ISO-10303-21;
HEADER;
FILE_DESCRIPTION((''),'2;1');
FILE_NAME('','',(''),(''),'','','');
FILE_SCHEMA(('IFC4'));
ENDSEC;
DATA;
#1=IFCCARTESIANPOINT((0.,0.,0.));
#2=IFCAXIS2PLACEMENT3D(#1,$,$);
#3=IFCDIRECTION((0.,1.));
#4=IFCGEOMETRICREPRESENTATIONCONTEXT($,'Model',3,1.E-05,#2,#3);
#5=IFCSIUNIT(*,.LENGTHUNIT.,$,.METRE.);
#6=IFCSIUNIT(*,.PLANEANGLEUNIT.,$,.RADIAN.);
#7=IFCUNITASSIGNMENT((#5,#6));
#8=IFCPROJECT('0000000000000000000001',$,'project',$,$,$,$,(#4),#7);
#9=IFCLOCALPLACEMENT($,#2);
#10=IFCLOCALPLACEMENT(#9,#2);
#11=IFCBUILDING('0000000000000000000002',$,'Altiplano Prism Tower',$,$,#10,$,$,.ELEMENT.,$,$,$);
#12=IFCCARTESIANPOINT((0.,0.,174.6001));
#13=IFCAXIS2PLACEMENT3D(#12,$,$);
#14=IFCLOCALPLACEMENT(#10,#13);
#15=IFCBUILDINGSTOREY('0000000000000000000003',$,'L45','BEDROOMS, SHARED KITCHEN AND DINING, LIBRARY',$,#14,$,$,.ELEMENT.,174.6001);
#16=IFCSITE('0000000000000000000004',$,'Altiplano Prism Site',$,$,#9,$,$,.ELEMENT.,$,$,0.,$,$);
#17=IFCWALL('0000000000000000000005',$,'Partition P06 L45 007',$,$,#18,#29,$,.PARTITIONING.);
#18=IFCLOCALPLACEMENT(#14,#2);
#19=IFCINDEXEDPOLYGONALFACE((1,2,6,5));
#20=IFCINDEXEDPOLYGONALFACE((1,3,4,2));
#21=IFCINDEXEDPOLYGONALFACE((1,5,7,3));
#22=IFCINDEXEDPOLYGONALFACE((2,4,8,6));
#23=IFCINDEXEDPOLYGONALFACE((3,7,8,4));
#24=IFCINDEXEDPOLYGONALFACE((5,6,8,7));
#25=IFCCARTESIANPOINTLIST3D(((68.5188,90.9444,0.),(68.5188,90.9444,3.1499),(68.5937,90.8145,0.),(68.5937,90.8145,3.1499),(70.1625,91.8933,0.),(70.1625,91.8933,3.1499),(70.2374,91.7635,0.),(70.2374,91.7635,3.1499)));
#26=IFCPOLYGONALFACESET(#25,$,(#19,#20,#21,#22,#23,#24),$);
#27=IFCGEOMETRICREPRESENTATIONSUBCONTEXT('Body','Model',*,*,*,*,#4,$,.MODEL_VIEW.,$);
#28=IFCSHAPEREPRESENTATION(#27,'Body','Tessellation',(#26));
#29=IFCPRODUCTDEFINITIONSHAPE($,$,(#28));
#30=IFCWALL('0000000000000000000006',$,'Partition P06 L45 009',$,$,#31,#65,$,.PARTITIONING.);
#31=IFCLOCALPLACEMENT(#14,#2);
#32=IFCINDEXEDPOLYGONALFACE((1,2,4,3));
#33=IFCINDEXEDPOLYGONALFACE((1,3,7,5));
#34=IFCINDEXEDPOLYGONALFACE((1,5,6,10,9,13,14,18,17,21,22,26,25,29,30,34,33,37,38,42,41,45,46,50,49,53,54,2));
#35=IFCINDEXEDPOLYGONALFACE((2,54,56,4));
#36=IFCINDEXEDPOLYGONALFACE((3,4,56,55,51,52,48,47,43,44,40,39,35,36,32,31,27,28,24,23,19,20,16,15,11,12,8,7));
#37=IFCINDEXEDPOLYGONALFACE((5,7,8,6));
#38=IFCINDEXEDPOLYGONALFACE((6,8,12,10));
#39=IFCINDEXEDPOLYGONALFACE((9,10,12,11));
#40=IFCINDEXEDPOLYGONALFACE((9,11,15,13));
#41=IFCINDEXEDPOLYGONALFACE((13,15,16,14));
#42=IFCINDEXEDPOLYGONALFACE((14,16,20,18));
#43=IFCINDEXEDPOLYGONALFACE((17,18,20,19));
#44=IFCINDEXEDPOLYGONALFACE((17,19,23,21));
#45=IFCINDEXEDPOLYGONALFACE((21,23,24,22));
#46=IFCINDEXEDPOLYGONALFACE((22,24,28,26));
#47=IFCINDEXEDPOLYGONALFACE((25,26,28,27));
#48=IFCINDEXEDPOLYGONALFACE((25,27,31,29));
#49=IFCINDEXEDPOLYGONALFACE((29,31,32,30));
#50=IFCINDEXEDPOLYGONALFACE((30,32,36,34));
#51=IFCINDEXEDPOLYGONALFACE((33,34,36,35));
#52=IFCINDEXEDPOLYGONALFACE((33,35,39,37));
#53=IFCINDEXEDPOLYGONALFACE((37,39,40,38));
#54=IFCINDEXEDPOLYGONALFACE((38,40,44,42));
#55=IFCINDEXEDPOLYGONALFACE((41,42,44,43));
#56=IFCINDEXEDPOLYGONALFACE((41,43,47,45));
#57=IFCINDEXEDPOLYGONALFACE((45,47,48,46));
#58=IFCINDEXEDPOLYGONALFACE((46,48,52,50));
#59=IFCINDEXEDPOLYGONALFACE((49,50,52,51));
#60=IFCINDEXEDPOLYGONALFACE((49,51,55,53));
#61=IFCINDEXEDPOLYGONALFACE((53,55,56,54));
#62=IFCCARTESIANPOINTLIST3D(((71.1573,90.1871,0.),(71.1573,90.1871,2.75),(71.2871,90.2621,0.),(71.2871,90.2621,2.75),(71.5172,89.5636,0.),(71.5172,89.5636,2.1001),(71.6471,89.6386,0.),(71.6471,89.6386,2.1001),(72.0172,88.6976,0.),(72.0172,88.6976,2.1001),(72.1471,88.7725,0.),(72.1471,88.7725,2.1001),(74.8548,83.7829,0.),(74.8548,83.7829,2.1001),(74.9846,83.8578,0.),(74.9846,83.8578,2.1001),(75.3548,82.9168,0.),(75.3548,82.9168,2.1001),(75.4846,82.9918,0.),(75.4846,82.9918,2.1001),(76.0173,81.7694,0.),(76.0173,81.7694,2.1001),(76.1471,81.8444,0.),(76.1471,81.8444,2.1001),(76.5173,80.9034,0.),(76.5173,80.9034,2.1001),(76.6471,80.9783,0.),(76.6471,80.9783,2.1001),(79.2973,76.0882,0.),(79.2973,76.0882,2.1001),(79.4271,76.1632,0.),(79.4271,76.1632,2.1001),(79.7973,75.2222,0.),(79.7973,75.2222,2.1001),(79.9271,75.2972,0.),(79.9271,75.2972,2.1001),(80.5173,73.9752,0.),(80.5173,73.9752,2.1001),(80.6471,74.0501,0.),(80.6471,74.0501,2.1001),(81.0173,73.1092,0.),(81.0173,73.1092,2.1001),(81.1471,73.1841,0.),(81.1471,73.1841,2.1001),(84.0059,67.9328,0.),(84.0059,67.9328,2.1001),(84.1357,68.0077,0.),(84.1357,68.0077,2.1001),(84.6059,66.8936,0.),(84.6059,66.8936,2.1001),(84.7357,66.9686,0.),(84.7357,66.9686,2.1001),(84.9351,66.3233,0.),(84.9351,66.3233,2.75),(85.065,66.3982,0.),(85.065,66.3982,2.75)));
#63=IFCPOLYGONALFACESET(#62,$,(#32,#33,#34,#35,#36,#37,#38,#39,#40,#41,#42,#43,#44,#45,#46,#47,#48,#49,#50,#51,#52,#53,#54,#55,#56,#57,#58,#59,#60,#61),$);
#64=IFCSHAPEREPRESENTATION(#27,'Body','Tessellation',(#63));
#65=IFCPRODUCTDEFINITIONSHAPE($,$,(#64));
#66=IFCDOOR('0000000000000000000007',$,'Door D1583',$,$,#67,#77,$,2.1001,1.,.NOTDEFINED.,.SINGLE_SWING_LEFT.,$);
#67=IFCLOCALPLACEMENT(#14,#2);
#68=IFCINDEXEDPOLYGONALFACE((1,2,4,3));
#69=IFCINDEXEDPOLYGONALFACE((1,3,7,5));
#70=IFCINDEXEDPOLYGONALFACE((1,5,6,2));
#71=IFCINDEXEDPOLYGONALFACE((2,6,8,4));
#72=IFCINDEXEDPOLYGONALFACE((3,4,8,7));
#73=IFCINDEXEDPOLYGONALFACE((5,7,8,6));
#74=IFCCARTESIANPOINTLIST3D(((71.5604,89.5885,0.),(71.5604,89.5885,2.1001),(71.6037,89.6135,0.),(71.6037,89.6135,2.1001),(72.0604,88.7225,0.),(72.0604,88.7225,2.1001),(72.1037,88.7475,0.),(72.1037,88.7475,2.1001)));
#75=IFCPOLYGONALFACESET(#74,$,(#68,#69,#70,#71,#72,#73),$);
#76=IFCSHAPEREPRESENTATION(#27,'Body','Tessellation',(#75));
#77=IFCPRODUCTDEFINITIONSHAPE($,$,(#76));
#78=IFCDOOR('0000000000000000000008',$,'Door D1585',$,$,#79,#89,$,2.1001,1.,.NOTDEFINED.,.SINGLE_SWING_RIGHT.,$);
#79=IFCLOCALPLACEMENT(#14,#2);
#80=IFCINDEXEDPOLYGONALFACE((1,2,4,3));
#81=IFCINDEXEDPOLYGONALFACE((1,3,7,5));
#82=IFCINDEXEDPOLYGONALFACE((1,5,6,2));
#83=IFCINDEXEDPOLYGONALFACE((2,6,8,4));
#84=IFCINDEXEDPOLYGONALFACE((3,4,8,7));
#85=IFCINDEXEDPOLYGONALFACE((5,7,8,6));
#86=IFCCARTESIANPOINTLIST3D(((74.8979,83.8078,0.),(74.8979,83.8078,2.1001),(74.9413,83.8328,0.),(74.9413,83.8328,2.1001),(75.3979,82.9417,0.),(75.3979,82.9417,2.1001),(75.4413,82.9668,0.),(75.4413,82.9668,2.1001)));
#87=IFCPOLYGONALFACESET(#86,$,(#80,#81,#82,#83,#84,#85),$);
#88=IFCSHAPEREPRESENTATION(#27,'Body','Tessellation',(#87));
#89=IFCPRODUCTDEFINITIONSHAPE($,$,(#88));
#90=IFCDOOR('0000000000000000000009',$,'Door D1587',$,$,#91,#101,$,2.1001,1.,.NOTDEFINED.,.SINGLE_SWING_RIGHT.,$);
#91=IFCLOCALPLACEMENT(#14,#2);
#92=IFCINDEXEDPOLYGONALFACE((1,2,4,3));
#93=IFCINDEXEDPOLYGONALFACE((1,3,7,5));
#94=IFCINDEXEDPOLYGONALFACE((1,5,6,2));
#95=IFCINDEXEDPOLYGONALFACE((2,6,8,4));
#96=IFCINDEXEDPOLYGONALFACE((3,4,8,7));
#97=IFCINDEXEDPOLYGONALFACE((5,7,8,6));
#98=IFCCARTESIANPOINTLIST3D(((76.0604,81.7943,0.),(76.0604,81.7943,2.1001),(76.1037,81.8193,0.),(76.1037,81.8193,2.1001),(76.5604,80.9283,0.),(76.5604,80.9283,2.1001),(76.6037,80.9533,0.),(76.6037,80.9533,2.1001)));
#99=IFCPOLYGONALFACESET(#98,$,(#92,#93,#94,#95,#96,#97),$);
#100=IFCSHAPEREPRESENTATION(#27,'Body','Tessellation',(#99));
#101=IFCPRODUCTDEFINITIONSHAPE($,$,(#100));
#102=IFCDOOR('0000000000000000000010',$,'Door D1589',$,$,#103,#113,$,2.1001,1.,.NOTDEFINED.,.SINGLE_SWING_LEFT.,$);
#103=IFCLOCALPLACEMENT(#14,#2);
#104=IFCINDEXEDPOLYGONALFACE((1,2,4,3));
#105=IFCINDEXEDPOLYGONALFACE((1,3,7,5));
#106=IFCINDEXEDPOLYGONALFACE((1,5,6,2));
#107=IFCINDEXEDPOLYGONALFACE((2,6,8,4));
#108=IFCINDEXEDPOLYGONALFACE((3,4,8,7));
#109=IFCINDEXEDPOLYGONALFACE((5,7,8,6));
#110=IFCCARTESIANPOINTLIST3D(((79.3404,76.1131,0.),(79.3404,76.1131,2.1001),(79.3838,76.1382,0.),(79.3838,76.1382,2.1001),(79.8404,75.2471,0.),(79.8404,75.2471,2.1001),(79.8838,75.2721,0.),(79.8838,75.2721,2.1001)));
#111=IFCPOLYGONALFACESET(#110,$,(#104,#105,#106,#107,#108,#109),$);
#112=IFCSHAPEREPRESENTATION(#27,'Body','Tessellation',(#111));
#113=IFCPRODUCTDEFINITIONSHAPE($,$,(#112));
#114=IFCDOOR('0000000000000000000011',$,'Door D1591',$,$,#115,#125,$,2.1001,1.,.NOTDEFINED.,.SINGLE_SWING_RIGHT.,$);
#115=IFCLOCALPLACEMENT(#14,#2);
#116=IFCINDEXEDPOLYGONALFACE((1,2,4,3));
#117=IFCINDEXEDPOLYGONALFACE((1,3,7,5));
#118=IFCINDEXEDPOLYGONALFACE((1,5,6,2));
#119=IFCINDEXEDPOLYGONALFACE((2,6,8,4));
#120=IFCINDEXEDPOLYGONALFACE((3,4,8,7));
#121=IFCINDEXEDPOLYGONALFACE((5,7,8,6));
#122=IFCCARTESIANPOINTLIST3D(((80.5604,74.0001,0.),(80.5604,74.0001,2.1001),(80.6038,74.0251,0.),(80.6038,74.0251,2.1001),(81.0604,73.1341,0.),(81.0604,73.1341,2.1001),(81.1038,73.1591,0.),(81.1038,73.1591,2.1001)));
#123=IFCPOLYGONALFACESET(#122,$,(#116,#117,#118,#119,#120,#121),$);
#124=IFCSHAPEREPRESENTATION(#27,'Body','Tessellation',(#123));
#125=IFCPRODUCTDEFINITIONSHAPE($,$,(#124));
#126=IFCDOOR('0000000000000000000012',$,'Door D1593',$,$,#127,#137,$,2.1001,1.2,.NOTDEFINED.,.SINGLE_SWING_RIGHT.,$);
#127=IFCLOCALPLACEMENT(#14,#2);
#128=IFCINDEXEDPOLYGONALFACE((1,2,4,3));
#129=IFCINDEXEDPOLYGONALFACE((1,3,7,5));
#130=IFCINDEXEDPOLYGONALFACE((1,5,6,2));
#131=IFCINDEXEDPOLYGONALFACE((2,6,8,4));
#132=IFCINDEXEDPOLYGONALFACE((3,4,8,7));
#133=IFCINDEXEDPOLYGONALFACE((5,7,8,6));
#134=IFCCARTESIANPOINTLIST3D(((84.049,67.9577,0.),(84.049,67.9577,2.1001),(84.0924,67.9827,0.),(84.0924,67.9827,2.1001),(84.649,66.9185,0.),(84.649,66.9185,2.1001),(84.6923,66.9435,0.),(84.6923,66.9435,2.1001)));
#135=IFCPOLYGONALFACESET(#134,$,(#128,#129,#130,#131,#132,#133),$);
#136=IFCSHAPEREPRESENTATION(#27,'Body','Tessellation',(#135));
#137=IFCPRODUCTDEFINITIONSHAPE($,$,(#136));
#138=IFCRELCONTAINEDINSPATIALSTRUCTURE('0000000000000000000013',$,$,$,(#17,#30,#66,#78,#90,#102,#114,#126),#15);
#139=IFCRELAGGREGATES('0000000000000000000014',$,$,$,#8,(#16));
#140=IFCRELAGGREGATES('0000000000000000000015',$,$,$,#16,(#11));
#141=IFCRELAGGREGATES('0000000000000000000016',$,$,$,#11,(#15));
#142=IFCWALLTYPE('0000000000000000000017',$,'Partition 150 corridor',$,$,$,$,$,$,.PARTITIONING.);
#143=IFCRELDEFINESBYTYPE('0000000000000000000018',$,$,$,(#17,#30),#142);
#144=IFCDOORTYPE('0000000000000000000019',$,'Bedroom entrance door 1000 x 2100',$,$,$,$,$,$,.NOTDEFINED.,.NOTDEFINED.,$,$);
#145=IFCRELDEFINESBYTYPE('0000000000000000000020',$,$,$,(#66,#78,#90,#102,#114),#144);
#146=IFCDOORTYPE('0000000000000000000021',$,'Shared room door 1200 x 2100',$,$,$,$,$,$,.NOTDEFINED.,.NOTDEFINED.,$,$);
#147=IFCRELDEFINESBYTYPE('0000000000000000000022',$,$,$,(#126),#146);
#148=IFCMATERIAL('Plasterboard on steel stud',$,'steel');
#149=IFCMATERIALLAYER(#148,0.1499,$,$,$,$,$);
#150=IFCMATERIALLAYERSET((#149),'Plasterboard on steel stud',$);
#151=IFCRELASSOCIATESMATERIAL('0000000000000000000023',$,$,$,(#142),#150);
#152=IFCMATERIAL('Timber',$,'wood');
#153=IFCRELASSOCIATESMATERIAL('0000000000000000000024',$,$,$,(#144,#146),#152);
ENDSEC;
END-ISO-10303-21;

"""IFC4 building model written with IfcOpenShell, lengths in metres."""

from ifc_helpers import new_model, si_unit, direction, frame, frame_2d, origin, place, context, subcontext, project, spatial, rectangle, extrude, material, layer, layer_set, type_object, element, fill, save


model = new_model("IFC4")

# Units and contexts
model_context = context("Model", 3, precision=1e-05, world=origin(), true_north=direction((0.0, 1.0)))
body_context = subcontext(model_context, "Body", "Model", "MODEL_VIEW")
ifc_project = project(units=[si_unit("LENGTHUNIT", "METRE"), si_unit("PLANEANGLEUNIT", "RADIAN")], contexts=[model_context])

# Site, building, storey
site_placement = place(None, origin())
site = spatial("IfcSite", under=ifc_project, at=site_placement, Name="Altiplano Prism Site", CompositionType="ELEMENT", RefElevation=0.0)
building_placement = place(site_placement, origin())
building = spatial("IfcBuilding", under=site, at=building_placement, Name="Altiplano Prism Tower", CompositionType="ELEMENT")
storey_placement = place(building_placement, frame((0.0, 0.0, 174.6001)))
storey = spatial("IfcBuildingStorey", under=building, at=storey_placement, Name="L45", Description="BEDROOMS, SHARED KITCHEN AND DINING, LIBRARY", CompositionType="ELEMENT", Elevation=174.6001)

# Wall
ifc_material_1 = material(Name="Plasterboard on steel stud", Category="steel")
ifc_layer_1 = layer(ifc_material_1, 0.1499)
ifc_layer_set_1 = layer_set([ifc_layer_1], Name="Plasterboard on steel stud")
wall_type_1 = type_object("IfcWallType", Name="Partition 150 corridor", PredefinedType="PARTITIONING", material=ifc_layer_set_1)
wall_1_placement = place(storey_placement, frame((70.2, 91.8284, 0.0), z_axis=(0.0, 0.0, 1.0), x_axis=(-0.866042, -0.499971, 0.0)))
element("IfcWall", 1, at=wall_1_placement, inside=storey, type_object=wall_type_1, Name="Partition P06 L45 007", PredefinedType="PARTITIONING", context=body_context, shape_type="SweptSolid", body=[
    extrude(rectangle(XDim=1.8979, YDim=0.1499, at=frame_2d((0.949, 0.0))), origin(), (0.0, 0.0, 1.0), 3.1499),
])

# Wall, openings, doors
wall_2_placement = place(storey_placement, frame((71.2222, 90.2246, 0.0), z_axis=(0.0, 0.0, 1.0), x_axis=(0.500002, -0.866024, 0.0)))
wall_2 = element("IfcWall", 2, at=wall_2_placement, inside=storey, type_object=wall_type_1, Name="Partition P06 L45 009", PredefinedType="PARTITIONING", context=body_context, shape_type="SweptSolid", body=[
    extrude(rectangle(XDim=27.5557, YDim=0.1499, at=frame_2d((13.7778, 0.0))), origin(), (0.0, 0.0, 1.0), 2.75),
])
opening_1_placement = place(wall_2_placement, frame((0.72, 0.0, 0.0)))
opening_1 = element("IfcOpeningElement", 3, at=opening_1_placement, cuts=wall_2, PredefinedType="OPENING", context=body_context, shape_type="SweptSolid", body=[
    extrude(rectangle(XDim=1.0, YDim=2.1001, at=frame_2d((0.5, 1.05))), frame((0.0, 0.0854, 0.0), z_axis=(0.0, -1.0, 0.0), x_axis=(1.0, 0.0, 0.0)), (0.0, 0.0, 1.0), 0.1709),
])
opening_2_placement = place(wall_2_placement, frame((7.395, 0.0, 0.0)))
opening_2 = element("IfcOpeningElement", 4, at=opening_2_placement, cuts=wall_2, PredefinedType="OPENING", context=body_context, shape_type="SweptSolid", body=[
    extrude(rectangle(XDim=1.0, YDim=2.1001, at=frame_2d((0.5, 1.05))), frame((0.0, 0.0854, 0.0), z_axis=(0.0, -1.0, 0.0), x_axis=(1.0, 0.0, 0.0)), (0.0, 0.0, 1.0), 0.1709),
])
opening_3_placement = place(wall_2_placement, frame((9.72, 0.0, 0.0)))
opening_3 = element("IfcOpeningElement", 5, at=opening_3_placement, cuts=wall_2, PredefinedType="OPENING", context=body_context, shape_type="SweptSolid", body=[
    extrude(rectangle(XDim=1.0, YDim=2.1001, at=frame_2d((0.5, 1.05))), frame((0.0, 0.0854, 0.0), z_axis=(0.0, -1.0, 0.0), x_axis=(1.0, 0.0, 0.0)), (0.0, 0.0, 1.0), 0.1709),
])
opening_4_placement = place(wall_2_placement, frame((16.28, 0.0, 0.0)))
opening_4 = element("IfcOpeningElement", 6, at=opening_4_placement, cuts=wall_2, PredefinedType="OPENING", context=body_context, shape_type="SweptSolid", body=[
    extrude(rectangle(XDim=1.0, YDim=2.1001, at=frame_2d((0.5, 1.05))), frame((0.0, 0.0854, 0.0), z_axis=(0.0, -1.0, 0.0), x_axis=(1.0, 0.0, 0.0)), (0.0, 0.0, 1.0), 0.1709),
])
opening_5_placement = place(wall_2_placement, frame((18.72, 0.0, 0.0)))
opening_5 = element("IfcOpeningElement", 7, at=opening_5_placement, cuts=wall_2, PredefinedType="OPENING", context=body_context, shape_type="SweptSolid", body=[
    extrude(rectangle(XDim=1.0, YDim=2.1001, at=frame_2d((0.5, 1.05))), frame((0.0, 0.0854, 0.0), z_axis=(0.0, -1.0, 0.0), x_axis=(1.0, 0.0, 0.0)), (0.0, 0.0, 1.0), 0.1709),
])
opening_6_placement = place(wall_2_placement, frame((25.697, 0.0, 0.0)))
opening_6 = element("IfcOpeningElement", 8, at=opening_6_placement, cuts=wall_2, PredefinedType="OPENING", context=body_context, shape_type="SweptSolid", body=[
    extrude(rectangle(XDim=1.2, YDim=2.1001, at=frame_2d((0.6001, 1.05))), frame((0.0, 0.0854, 0.0), z_axis=(0.0, -1.0, 0.0), x_axis=(1.0, 0.0, 0.0)), (0.0, 0.0, 1.0), 0.1709),
])
ifc_material_2 = material(Name="Timber", Category="wood")
door_type_1 = type_object("IfcDoorType", Name="Bedroom entrance door 1000 x 2100", OperationType="NOTDEFINED", PredefinedType="NOTDEFINED", material=ifc_material_2)
door_1_placement = place(opening_1_placement, origin())
door_1 = element("IfcDoor", 9, at=door_1_placement, inside=storey, type_object=door_type_1, Name="Door D1583", OperationType="SINGLE_SWING_LEFT", OverallHeight=2.1001, OverallWidth=1.0, PredefinedType="NOTDEFINED", context=body_context, shape_type="SweptSolid", body=[
    extrude(rectangle(XDim=1.0, YDim=2.1001, at=frame_2d((0.5, 1.05))), frame((0.0, 0.0249, 0.0), z_axis=(0.0, -1.0, 0.0), x_axis=(1.0, 0.0, 0.0)), (0.0, 0.0, 1.0), 0.05),
])
fill(opening_1, door_1)
door_2_placement = place(opening_2_placement, origin())
door_2 = element("IfcDoor", 10, at=door_2_placement, inside=storey, type_object=door_type_1, Name="Door D1585", OperationType="SINGLE_SWING_RIGHT", OverallHeight=2.1001, OverallWidth=1.0, PredefinedType="NOTDEFINED", context=body_context, shape_type="SweptSolid", body=[
    extrude(rectangle(XDim=1.0, YDim=2.1001, at=frame_2d((0.5, 1.05))), frame((0.0, 0.0249, 0.0), z_axis=(0.0, -1.0, 0.0), x_axis=(1.0, 0.0, 0.0)), (0.0, 0.0, 1.0), 0.05),
])
fill(opening_2, door_2)
door_3_placement = place(opening_3_placement, origin())
door_3 = element("IfcDoor", 11, at=door_3_placement, inside=storey, type_object=door_type_1, Name="Door D1587", OperationType="SINGLE_SWING_RIGHT", OverallHeight=2.1001, OverallWidth=1.0, PredefinedType="NOTDEFINED", context=body_context, shape_type="SweptSolid", body=[
    extrude(rectangle(XDim=1.0, YDim=2.1001, at=frame_2d((0.5, 1.05))), frame((0.0, 0.0249, 0.0), z_axis=(0.0, -1.0, 0.0), x_axis=(1.0, 0.0, 0.0)), (0.0, 0.0, 1.0), 0.05),
])
fill(opening_3, door_3)
door_4_placement = place(opening_4_placement, origin())
door_4 = element("IfcDoor", 12, at=door_4_placement, inside=storey, type_object=door_type_1, Name="Door D1589", OperationType="SINGLE_SWING_LEFT", OverallHeight=2.1001, OverallWidth=1.0, PredefinedType="NOTDEFINED", context=body_context, shape_type="SweptSolid", body=[
    extrude(rectangle(XDim=1.0, YDim=2.1001, at=frame_2d((0.5, 1.05))), frame((0.0, 0.0249, 0.0), z_axis=(0.0, -1.0, 0.0), x_axis=(1.0, 0.0, 0.0)), (0.0, 0.0, 1.0), 0.05),
])
fill(opening_4, door_4)
door_5_placement = place(opening_5_placement, origin())
door_5 = element("IfcDoor", 13, at=door_5_placement, inside=storey, type_object=door_type_1, Name="Door D1591", OperationType="SINGLE_SWING_RIGHT", OverallHeight=2.1001, OverallWidth=1.0, PredefinedType="NOTDEFINED", context=body_context, shape_type="SweptSolid", body=[
    extrude(rectangle(XDim=1.0, YDim=2.1001, at=frame_2d((0.5, 1.05))), frame((0.0, 0.0249, 0.0), z_axis=(0.0, -1.0, 0.0), x_axis=(1.0, 0.0, 0.0)), (0.0, 0.0, 1.0), 0.05),
])
fill(opening_5, door_5)
door_type_2 = type_object("IfcDoorType", Name="Shared room door 1200 x 2100", OperationType="NOTDEFINED", PredefinedType="NOTDEFINED", material=ifc_material_2)
door_6_placement = place(opening_6_placement, origin())
door_6 = element("IfcDoor", 14, at=door_6_placement, inside=storey, type_object=door_type_2, Name="Door D1593", OperationType="SINGLE_SWING_RIGHT", OverallHeight=2.1001, OverallWidth=1.2, PredefinedType="NOTDEFINED", context=body_context, shape_type="SweptSolid", body=[
    extrude(rectangle(XDim=1.2, YDim=2.1001, at=frame_2d((0.6001, 1.05))), frame((0.0, 0.0249, 0.0), z_axis=(0.0, -1.0, 0.0), x_axis=(1.0, 0.0, 0.0)), (0.0, 0.0, 1.0), 0.05),
])
fill(opening_6, door_6)

save(model, "model.ifc")
